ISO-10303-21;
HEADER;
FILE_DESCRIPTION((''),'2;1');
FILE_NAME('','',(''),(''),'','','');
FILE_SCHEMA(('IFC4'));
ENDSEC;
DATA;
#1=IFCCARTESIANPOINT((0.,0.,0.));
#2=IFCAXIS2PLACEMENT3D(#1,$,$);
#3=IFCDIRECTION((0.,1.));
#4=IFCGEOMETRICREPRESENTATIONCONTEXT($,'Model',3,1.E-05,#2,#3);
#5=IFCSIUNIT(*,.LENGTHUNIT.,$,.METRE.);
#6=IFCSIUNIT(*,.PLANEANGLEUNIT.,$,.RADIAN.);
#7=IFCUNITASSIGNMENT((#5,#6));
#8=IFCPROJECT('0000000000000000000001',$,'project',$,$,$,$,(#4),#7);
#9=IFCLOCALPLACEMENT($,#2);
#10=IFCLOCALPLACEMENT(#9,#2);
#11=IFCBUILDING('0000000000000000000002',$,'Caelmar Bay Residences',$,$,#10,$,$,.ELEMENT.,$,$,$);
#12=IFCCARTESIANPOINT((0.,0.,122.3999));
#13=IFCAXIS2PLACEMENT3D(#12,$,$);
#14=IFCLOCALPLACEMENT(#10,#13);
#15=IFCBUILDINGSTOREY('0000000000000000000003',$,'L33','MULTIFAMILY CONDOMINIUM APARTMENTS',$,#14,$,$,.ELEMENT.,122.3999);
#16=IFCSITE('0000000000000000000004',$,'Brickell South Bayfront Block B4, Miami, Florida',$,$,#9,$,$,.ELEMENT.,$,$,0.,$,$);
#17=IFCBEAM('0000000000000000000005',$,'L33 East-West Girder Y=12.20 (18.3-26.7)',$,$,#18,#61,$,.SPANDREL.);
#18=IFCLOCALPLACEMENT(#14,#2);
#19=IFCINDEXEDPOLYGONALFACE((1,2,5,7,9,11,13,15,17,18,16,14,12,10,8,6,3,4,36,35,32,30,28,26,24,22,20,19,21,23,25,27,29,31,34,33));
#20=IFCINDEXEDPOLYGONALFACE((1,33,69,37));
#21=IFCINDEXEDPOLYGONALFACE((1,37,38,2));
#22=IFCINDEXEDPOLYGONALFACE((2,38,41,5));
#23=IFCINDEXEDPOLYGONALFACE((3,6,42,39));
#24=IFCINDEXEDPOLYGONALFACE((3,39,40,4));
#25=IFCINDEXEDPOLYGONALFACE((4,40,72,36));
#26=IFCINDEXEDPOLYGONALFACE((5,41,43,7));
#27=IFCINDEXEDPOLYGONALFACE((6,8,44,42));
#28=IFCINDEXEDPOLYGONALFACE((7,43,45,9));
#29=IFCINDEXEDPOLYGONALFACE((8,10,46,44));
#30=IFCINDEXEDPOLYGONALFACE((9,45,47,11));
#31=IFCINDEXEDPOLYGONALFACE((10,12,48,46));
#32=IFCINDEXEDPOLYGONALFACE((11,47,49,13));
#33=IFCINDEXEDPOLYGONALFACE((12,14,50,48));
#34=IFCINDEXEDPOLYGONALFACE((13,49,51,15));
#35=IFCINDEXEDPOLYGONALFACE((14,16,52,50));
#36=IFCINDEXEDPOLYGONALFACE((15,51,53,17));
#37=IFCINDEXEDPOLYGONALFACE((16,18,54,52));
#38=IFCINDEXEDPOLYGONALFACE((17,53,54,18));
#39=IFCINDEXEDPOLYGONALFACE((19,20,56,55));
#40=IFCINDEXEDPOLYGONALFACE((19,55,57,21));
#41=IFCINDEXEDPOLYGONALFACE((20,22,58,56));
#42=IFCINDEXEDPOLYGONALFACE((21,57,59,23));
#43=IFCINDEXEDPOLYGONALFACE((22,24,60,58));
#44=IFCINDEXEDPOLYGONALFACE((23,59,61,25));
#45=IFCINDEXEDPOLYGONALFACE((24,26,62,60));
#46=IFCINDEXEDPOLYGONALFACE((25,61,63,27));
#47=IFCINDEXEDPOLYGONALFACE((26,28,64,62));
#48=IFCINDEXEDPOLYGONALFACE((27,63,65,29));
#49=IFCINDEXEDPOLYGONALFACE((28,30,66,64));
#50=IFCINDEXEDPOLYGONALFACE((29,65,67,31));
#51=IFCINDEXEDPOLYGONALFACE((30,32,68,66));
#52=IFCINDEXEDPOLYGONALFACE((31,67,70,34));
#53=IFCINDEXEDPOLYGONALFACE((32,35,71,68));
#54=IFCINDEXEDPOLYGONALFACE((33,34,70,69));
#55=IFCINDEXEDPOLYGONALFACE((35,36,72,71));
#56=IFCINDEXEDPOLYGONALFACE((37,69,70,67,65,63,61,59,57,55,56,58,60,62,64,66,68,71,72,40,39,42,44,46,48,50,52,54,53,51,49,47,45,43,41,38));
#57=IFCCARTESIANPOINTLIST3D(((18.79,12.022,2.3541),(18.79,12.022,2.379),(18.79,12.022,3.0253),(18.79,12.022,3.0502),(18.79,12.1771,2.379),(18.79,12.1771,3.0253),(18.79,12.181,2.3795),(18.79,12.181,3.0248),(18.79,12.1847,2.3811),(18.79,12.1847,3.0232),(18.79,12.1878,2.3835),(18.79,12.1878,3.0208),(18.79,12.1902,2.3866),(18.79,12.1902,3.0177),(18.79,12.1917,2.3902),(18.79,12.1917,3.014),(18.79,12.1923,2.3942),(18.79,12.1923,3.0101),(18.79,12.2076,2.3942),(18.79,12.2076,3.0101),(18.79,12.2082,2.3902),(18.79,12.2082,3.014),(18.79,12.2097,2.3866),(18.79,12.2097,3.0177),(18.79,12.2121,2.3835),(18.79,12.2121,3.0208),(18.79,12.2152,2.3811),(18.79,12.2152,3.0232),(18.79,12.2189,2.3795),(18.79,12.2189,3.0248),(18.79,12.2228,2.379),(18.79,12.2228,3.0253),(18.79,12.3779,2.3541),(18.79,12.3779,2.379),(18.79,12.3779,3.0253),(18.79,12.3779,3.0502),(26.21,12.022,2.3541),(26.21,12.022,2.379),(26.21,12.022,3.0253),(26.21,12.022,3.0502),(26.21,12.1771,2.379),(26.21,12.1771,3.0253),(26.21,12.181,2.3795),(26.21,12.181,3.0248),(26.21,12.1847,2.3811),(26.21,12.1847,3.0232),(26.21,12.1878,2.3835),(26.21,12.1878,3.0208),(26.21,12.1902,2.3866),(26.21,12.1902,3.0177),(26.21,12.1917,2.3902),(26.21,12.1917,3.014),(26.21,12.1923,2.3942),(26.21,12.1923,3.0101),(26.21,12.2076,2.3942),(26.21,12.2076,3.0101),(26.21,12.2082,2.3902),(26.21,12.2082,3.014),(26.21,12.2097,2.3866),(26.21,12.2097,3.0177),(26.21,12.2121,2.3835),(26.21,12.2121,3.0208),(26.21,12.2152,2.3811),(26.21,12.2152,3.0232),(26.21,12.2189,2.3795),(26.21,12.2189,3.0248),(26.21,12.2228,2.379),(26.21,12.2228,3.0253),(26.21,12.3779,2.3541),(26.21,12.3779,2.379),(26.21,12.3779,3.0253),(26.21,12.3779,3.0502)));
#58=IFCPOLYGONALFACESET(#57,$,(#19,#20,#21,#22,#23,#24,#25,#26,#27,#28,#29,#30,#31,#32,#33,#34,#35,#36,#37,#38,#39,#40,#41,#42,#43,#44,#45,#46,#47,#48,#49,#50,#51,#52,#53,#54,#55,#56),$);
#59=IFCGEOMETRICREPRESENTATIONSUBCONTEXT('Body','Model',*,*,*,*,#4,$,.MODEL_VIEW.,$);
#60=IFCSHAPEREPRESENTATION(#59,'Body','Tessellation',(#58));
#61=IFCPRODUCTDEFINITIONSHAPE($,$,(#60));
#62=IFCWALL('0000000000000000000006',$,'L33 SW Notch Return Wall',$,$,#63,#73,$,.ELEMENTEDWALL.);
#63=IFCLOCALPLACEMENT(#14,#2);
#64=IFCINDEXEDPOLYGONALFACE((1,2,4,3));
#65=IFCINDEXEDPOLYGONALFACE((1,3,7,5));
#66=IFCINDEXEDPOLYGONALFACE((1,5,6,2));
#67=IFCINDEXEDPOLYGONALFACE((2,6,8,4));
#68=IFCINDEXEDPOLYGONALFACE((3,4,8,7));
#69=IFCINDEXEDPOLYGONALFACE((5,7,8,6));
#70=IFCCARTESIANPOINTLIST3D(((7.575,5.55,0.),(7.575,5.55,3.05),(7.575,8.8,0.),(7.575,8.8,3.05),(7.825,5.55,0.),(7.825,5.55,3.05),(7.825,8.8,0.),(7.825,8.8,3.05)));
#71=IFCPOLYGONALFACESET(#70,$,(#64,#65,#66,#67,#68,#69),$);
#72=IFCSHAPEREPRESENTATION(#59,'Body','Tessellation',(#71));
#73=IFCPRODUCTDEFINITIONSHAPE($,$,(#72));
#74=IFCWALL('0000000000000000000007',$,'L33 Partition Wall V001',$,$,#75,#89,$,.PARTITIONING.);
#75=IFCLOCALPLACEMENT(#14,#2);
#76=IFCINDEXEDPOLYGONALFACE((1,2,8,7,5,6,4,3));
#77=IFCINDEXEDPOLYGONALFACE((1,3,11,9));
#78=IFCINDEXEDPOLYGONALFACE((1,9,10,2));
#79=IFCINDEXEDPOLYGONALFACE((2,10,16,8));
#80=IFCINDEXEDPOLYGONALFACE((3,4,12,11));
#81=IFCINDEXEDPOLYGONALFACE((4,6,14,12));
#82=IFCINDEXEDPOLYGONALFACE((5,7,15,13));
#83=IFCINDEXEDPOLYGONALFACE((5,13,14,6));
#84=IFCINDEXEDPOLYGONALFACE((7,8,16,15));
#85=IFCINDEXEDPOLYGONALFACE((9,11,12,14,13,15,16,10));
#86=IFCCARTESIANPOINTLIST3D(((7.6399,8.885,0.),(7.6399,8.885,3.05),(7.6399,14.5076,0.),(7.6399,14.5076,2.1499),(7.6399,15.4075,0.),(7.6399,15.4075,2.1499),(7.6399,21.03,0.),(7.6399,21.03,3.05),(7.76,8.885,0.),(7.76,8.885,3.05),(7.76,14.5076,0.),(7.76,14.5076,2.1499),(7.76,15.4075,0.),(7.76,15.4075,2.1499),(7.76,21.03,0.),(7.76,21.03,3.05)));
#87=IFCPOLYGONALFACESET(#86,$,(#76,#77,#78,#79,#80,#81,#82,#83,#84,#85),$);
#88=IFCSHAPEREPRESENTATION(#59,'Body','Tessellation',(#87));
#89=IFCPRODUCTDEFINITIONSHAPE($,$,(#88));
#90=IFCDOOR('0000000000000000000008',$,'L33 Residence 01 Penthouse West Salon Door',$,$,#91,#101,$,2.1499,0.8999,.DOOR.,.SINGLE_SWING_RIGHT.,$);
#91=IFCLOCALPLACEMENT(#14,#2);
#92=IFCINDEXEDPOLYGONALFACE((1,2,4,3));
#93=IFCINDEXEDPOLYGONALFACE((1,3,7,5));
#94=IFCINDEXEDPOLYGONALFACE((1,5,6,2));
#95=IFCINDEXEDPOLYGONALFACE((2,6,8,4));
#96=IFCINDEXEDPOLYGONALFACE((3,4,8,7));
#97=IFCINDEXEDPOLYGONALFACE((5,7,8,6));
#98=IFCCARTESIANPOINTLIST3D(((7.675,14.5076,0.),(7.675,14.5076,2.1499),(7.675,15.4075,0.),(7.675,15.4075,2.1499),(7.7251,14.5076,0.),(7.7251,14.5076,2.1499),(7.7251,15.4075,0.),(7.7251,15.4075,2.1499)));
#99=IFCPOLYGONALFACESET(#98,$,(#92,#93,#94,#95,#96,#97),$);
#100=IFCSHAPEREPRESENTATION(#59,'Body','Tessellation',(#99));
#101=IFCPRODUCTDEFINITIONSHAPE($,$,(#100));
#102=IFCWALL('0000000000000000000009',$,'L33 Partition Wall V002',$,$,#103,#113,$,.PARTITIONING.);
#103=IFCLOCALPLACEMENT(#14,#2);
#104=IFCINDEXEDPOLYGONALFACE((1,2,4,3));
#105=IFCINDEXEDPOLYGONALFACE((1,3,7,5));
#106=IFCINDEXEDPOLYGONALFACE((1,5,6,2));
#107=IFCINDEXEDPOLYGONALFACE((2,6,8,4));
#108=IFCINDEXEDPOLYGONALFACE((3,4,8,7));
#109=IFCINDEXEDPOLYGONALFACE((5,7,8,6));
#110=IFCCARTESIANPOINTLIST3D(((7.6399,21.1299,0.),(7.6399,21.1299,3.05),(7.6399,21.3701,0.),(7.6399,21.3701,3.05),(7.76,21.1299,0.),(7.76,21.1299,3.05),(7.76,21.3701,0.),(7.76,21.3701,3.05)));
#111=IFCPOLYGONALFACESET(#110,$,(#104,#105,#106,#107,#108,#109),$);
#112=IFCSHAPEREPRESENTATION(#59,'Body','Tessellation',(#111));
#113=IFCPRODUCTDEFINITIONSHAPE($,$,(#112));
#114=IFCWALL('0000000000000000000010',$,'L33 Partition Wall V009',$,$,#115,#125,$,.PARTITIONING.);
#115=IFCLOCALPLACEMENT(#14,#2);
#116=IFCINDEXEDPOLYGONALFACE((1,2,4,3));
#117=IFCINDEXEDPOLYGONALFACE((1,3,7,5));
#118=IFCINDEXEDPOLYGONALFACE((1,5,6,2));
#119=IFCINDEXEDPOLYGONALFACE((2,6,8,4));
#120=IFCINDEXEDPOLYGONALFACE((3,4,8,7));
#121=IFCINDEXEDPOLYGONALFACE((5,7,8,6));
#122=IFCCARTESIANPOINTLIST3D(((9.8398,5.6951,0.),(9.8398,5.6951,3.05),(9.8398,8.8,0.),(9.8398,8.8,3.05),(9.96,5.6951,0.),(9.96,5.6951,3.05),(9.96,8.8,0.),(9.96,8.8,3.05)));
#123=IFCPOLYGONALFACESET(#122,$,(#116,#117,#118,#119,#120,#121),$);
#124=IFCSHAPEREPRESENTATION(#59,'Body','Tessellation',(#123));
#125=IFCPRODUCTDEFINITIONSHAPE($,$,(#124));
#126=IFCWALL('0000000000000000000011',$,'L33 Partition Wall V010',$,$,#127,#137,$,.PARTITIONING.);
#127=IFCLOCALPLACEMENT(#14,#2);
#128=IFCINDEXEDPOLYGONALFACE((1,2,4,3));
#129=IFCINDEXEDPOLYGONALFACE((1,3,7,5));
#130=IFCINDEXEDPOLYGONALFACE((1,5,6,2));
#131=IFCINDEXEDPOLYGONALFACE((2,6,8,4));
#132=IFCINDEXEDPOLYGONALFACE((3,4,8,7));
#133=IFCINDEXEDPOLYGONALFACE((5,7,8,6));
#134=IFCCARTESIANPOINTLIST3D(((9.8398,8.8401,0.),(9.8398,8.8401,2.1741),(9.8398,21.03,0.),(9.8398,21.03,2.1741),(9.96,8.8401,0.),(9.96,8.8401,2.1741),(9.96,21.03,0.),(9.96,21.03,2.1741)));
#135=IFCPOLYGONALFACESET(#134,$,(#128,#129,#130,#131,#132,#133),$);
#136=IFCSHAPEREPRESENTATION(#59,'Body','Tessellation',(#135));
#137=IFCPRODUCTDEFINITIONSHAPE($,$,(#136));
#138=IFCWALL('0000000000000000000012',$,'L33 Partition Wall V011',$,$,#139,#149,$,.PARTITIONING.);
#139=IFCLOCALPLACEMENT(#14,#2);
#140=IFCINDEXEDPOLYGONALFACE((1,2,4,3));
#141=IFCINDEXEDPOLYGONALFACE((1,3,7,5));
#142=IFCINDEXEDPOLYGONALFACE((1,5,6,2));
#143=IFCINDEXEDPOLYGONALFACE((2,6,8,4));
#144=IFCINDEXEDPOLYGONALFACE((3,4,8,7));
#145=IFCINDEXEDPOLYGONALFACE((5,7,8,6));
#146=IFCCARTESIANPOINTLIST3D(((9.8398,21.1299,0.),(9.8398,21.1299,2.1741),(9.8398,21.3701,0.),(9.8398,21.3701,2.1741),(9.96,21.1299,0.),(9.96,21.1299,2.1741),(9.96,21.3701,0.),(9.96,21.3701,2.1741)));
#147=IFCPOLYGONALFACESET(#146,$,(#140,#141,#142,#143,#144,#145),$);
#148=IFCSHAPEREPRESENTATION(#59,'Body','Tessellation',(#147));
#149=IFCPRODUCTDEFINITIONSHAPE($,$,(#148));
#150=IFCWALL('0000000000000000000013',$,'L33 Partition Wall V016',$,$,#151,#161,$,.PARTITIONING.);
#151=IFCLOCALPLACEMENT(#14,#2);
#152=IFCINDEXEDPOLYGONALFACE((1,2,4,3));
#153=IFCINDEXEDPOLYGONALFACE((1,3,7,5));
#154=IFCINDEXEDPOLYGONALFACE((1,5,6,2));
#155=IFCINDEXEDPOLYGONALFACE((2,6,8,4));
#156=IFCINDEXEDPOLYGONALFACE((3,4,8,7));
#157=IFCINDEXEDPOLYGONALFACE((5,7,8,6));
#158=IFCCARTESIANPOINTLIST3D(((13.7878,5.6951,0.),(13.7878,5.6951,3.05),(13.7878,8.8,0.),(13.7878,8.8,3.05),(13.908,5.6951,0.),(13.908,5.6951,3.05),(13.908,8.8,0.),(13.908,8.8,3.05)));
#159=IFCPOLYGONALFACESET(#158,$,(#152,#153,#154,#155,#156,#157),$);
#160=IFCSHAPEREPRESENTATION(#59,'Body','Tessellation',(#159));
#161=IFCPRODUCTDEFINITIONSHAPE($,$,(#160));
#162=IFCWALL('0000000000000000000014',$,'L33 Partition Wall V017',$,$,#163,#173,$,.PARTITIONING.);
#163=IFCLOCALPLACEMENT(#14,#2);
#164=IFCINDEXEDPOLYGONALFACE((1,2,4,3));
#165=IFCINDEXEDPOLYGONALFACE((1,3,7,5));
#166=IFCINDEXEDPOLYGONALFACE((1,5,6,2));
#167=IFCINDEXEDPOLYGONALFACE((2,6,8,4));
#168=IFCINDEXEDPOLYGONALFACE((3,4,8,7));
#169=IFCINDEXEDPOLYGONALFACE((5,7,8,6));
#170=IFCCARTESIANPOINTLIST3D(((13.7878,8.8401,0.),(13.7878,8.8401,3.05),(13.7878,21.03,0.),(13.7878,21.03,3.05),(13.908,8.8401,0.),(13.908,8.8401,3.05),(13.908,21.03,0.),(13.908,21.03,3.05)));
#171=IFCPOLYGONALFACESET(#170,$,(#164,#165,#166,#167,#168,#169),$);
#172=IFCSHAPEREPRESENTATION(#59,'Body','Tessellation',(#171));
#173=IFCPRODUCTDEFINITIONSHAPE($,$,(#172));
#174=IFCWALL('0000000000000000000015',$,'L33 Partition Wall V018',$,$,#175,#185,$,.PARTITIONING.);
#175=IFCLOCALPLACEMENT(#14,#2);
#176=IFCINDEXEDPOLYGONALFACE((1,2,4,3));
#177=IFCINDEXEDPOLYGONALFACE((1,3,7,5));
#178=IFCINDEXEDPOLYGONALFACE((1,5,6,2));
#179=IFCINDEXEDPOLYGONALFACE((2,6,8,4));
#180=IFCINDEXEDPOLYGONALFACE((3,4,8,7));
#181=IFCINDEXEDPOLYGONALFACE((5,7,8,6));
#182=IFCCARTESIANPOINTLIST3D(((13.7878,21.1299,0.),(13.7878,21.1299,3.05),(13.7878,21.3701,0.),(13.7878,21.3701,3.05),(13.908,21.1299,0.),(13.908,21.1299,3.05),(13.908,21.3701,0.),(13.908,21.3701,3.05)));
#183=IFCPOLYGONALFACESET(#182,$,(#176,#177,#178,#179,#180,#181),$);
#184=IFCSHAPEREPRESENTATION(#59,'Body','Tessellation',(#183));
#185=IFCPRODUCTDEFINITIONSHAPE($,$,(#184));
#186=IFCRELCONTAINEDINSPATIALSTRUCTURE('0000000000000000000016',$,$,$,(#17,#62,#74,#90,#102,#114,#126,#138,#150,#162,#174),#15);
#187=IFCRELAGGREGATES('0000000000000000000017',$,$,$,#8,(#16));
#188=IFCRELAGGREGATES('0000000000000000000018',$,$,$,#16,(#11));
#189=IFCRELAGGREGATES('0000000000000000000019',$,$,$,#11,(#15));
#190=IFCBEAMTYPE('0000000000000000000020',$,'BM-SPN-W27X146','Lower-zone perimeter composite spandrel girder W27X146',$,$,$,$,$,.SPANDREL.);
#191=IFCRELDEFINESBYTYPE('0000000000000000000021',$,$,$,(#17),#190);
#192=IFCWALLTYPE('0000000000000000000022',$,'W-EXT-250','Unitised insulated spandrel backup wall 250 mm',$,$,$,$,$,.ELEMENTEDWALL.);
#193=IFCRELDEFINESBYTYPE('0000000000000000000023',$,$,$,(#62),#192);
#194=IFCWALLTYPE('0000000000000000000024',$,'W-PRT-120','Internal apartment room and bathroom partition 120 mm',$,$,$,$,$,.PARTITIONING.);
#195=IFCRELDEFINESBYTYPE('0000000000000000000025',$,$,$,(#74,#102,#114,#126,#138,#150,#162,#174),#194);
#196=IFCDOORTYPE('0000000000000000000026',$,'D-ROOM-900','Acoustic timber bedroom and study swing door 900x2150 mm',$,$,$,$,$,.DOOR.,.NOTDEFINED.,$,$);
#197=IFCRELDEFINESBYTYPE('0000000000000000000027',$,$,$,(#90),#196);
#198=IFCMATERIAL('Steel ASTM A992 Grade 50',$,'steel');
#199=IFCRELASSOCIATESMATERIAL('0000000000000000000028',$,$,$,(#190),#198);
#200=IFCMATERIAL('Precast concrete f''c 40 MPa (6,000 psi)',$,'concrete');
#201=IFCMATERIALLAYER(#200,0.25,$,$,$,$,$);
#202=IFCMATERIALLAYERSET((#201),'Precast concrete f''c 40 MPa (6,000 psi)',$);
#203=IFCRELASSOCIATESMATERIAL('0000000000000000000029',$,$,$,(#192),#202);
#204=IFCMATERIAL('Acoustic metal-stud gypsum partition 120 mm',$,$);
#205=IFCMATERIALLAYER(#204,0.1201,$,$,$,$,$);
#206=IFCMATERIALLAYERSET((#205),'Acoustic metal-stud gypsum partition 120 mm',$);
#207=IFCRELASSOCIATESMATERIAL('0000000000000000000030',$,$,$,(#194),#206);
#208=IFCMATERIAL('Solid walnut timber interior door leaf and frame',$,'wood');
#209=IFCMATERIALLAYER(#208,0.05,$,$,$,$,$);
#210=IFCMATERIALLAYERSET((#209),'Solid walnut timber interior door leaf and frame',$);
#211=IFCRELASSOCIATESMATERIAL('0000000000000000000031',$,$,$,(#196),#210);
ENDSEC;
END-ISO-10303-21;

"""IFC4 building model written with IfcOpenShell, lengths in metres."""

from ifc_helpers import new_model, si_unit, direction, frame, frame_2d, origin, origin_2d, place, context, subcontext, project, spatial, rectangle, i_section, extrude, material, layer, layer_set, material_profile, profile_set, type_object, element, fill, save


model = new_model("IFC4")

# Units and contexts
model_context = context("Model", 3, precision=1e-05, world=origin(), true_north=direction((0.0, 1.0)))
body_context = subcontext(model_context, "Body", "Model", "MODEL_VIEW")
ifc_project = project(units=[si_unit("LENGTHUNIT", "METRE"), si_unit("PLANEANGLEUNIT", "RADIAN")], contexts=[model_context])

# Site, building, storey
site_placement = place(None, origin())
site = spatial("IfcSite", under=ifc_project, at=site_placement, Name="Brickell South Bayfront Block B4, Miami, Florida", CompositionType="ELEMENT", RefElevation=0.0)
building_placement = place(site_placement, origin())
building = spatial("IfcBuilding", under=site, at=building_placement, Name="Caelmar Bay Residences", CompositionType="ELEMENT")
storey_placement = place(building_placement, frame((0.0, 0.0, 122.3999)))
storey = spatial("IfcBuildingStorey", under=building, at=storey_placement, Name="L33", Description="MULTIFAMILY CONDOMINIUM APARTMENTS", CompositionType="ELEMENT", Elevation=122.3999)

# Beam
ifc_material_1 = material(Name="Steel ASTM A992 Grade 50", Category="steel")
ifc_material_profile_1 = material_profile(ifc_material_1, i_section(OverallWidth=0.356, OverallDepth=0.696, WebThickness=0.0154, FlangeThickness=0.0249, FilletRadius=0.0151, at=origin_2d()), Name="W27X146")
ifc_profile_set_1 = profile_set([ifc_material_profile_1], Name="Steel ASTM A992 Grade 50")
beam_type_1 = type_object("IfcBeamType", Name="BM-SPN-W27X146", Description="Lower-zone perimeter composite spandrel girder W27X146", PredefinedType="SPANDREL", material=ifc_profile_set_1)
beam_1_placement = place(storey_placement, frame((18.79, 12.2, 2.7021), z_axis=(1.0, 0.0, 0.0), x_axis=(0.0, 1.0, 0.0)))
element("IfcBeam", 1, at=beam_1_placement, inside=storey, type_object=beam_type_1, Name="L33 East-West Girder Y=12.20 (18.3-26.7)", PredefinedType="SPANDREL", context=body_context, shape_type="SweptSolid", body=[
    extrude(i_section(OverallWidth=0.356, OverallDepth=0.696, WebThickness=0.0154, FlangeThickness=0.0249, FilletRadius=0.0151, at=origin_2d()), origin(), (0.0, 0.0, 1.0), 7.4199),
])

# Wall
ifc_material_2 = material(Name="Precast concrete f'c 40 MPa (6,000 psi)", Category="concrete")
ifc_layer_1 = layer(ifc_material_2, 0.25)
ifc_layer_set_1 = layer_set([ifc_layer_1], Name="Precast concrete f'c 40 MPa (6,000 psi)")
wall_type_1 = type_object("IfcWallType", Name="W-EXT-250", Description="Unitised insulated spandrel backup wall 250 mm", PredefinedType="ELEMENTEDWALL", material=ifc_layer_set_1)
wall_1_placement = place(storey_placement, frame((7.7, 8.8, 0.0), z_axis=(0.0, 0.0, 1.0), x_axis=(0.0, -1.0, 0.0)))
element("IfcWall", 2, at=wall_1_placement, inside=storey, type_object=wall_type_1, Name="L33 SW Notch Return Wall", PredefinedType="ELEMENTEDWALL", context=body_context, shape_type="SweptSolid", body=[
    extrude(rectangle(XDim=3.25, YDim=0.25, at=frame_2d((1.625, 0.0))), origin(), (0.0, 0.0, 1.0), 3.05),
])

# Wall, opening, door
ifc_material_3 = material(Name="Acoustic metal-stud gypsum partition 120 mm")
ifc_layer_2 = layer(ifc_material_3, 0.1201)
ifc_layer_set_2 = layer_set([ifc_layer_2], Name="Acoustic metal-stud gypsum partition 120 mm")
wall_type_2 = type_object("IfcWallType", Name="W-PRT-120", Description="Internal apartment room and bathroom partition 120 mm", PredefinedType="PARTITIONING", material=ifc_layer_set_2)
wall_2_placement = place(storey_placement, frame((7.7, 8.885, 0.0), z_axis=(0.0, 0.0, 1.0), x_axis=(0.0, 1.0, 0.0)))
wall_2 = element("IfcWall", 3, at=wall_2_placement, inside=storey, type_object=wall_type_2, Name="L33 Partition Wall V001", PredefinedType="PARTITIONING", context=body_context, shape_type="SweptSolid", body=[
    extrude(rectangle(XDim=12.145, YDim=0.1201, at=frame_2d((6.0725, 0.0))), origin(), (0.0, 0.0, 1.0), 3.05),
])
opening_1_placement = place(wall_2_placement, frame((5.6226, 0.0, 0.0)))
opening_1 = element("IfcOpeningElement", 4, at=opening_1_placement, cuts=wall_2, PredefinedType="OPENING", context=body_context, shape_type="SweptSolid", body=[
    extrude(rectangle(XDim=0.8999, YDim=2.1499, at=frame_2d((0.45, 1.075))), frame((0.0, 0.0701, 0.0), z_axis=(0.0, -1.0, 0.0), x_axis=(1.0, 0.0, 0.0)), (0.0, 0.0, 1.0), 0.1401),
])
ifc_material_4 = material(Name="Solid walnut timber interior door leaf and frame", Category="wood")
ifc_layer_3 = layer(ifc_material_4, 0.05)
ifc_layer_set_3 = layer_set([ifc_layer_3], Name="Solid walnut timber interior door leaf and frame")
door_type = type_object("IfcDoorType", Name="D-ROOM-900", Description="Acoustic timber bedroom and study swing door 900x2150 mm", OperationType="NOTDEFINED", PredefinedType="DOOR", material=ifc_layer_set_3)
door_1_placement = place(opening_1_placement, origin())
door_1 = element("IfcDoor", 5, at=door_1_placement, inside=storey, type_object=door_type, Name="L33 Residence 01 Penthouse West Salon Door", OperationType="SINGLE_SWING_RIGHT", OverallHeight=2.1499, OverallWidth=0.8999, PredefinedType="DOOR", context=body_context, shape_type="SweptSolid", body=[
    extrude(rectangle(XDim=0.8999, YDim=2.1499, at=frame_2d((0.45, 1.075))), frame((0.0, 0.0249, 0.0), z_axis=(0.0, -1.0, 0.0), x_axis=(1.0, 0.0, 0.0)), (0.0, 0.0, 1.0), 0.05),
])
fill(opening_1, door_1)

# Walls
wall_3_placement = place(storey_placement, frame((7.7, 21.1299, 0.0), z_axis=(0.0, 0.0, 1.0), x_axis=(0.0, 1.0, 0.0)))
element("IfcWall", 6, at=wall_3_placement, inside=storey, type_object=wall_type_2, Name="L33 Partition Wall V002", PredefinedType="PARTITIONING", context=body_context, shape_type="SweptSolid", body=[
    extrude(rectangle(XDim=0.2402, YDim=0.1201, at=frame_2d((0.1201, 0.0))), origin(), (0.0, 0.0, 1.0), 3.05),
])
wall_4_placement = place(storey_placement, frame((9.8999, 5.6951, 0.0), z_axis=(0.0, 0.0, 1.0), x_axis=(0.0, 1.0, 0.0)))
element("IfcWall", 7, at=wall_4_placement, inside=storey, type_object=wall_type_2, Name="L33 Partition Wall V009", PredefinedType="PARTITIONING", context=body_context, shape_type="SweptSolid", body=[
    extrude(rectangle(XDim=3.105, YDim=0.1201, at=frame_2d((1.5525, 0.0))), origin(), (0.0, 0.0, 1.0), 3.05),
])
wall_5_placement = place(storey_placement, frame((9.8999, 8.8401, 0.0), z_axis=(0.0, 0.0, 1.0), x_axis=(0.0, 1.0, 0.0)))
element("IfcWall", 8, at=wall_5_placement, inside=storey, type_object=wall_type_2, Name="L33 Partition Wall V010", PredefinedType="PARTITIONING", context=body_context, shape_type="SweptSolid", body=[
    extrude(rectangle(XDim=12.1899, YDim=0.1201, at=frame_2d((6.095, 0.0))), origin(), (0.0, 0.0, 1.0), 2.1741),
])
wall_6_placement = place(storey_placement, frame((9.8999, 21.1299, 0.0), z_axis=(0.0, 0.0, 1.0), x_axis=(0.0, 1.0, 0.0)))
element("IfcWall", 9, at=wall_6_placement, inside=storey, type_object=wall_type_2, Name="L33 Partition Wall V011", PredefinedType="PARTITIONING", context=body_context, shape_type="SweptSolid", body=[
    extrude(rectangle(XDim=0.2402, YDim=0.1201, at=frame_2d((0.1201, 0.0))), origin(), (0.0, 0.0, 1.0), 2.1741),
])
wall_7_placement = place(storey_placement, frame((13.8479, 5.6951, 0.0), z_axis=(0.0, 0.0, 1.0), x_axis=(0.0, 1.0, 0.0)))
element("IfcWall", 10, at=wall_7_placement, inside=storey, type_object=wall_type_2, Name="L33 Partition Wall V016", PredefinedType="PARTITIONING", context=body_context, shape_type="SweptSolid", body=[
    extrude(rectangle(XDim=3.105, YDim=0.1201, at=frame_2d((1.5525, 0.0))), origin(), (0.0, 0.0, 1.0), 3.05),
])
wall_8_placement = place(storey_placement, frame((13.8479, 8.8401, 0.0), z_axis=(0.0, 0.0, 1.0), x_axis=(0.0, 1.0, 0.0)))
element("IfcWall", 11, at=wall_8_placement, inside=storey, type_object=wall_type_2, Name="L33 Partition Wall V017", PredefinedType="PARTITIONING", context=body_context, shape_type="SweptSolid", body=[
    extrude(rectangle(XDim=12.1899, YDim=0.1201, at=frame_2d((6.095, 0.0))), origin(), (0.0, 0.0, 1.0), 3.05),
])
wall_9_placement = place(storey_placement, frame((13.8479, 21.1299, 0.0), z_axis=(0.0, 0.0, 1.0), x_axis=(0.0, 1.0, 0.0)))
element("IfcWall", 12, at=wall_9_placement, inside=storey, type_object=wall_type_2, Name="L33 Partition Wall V018", PredefinedType="PARTITIONING", context=body_context, shape_type="SweptSolid", body=[
    extrude(rectangle(XDim=0.2402, YDim=0.1201, at=frame_2d((0.1201, 0.0))), origin(), (0.0, 0.0, 1.0), 3.05),
])

save(model, "model.ifc")
